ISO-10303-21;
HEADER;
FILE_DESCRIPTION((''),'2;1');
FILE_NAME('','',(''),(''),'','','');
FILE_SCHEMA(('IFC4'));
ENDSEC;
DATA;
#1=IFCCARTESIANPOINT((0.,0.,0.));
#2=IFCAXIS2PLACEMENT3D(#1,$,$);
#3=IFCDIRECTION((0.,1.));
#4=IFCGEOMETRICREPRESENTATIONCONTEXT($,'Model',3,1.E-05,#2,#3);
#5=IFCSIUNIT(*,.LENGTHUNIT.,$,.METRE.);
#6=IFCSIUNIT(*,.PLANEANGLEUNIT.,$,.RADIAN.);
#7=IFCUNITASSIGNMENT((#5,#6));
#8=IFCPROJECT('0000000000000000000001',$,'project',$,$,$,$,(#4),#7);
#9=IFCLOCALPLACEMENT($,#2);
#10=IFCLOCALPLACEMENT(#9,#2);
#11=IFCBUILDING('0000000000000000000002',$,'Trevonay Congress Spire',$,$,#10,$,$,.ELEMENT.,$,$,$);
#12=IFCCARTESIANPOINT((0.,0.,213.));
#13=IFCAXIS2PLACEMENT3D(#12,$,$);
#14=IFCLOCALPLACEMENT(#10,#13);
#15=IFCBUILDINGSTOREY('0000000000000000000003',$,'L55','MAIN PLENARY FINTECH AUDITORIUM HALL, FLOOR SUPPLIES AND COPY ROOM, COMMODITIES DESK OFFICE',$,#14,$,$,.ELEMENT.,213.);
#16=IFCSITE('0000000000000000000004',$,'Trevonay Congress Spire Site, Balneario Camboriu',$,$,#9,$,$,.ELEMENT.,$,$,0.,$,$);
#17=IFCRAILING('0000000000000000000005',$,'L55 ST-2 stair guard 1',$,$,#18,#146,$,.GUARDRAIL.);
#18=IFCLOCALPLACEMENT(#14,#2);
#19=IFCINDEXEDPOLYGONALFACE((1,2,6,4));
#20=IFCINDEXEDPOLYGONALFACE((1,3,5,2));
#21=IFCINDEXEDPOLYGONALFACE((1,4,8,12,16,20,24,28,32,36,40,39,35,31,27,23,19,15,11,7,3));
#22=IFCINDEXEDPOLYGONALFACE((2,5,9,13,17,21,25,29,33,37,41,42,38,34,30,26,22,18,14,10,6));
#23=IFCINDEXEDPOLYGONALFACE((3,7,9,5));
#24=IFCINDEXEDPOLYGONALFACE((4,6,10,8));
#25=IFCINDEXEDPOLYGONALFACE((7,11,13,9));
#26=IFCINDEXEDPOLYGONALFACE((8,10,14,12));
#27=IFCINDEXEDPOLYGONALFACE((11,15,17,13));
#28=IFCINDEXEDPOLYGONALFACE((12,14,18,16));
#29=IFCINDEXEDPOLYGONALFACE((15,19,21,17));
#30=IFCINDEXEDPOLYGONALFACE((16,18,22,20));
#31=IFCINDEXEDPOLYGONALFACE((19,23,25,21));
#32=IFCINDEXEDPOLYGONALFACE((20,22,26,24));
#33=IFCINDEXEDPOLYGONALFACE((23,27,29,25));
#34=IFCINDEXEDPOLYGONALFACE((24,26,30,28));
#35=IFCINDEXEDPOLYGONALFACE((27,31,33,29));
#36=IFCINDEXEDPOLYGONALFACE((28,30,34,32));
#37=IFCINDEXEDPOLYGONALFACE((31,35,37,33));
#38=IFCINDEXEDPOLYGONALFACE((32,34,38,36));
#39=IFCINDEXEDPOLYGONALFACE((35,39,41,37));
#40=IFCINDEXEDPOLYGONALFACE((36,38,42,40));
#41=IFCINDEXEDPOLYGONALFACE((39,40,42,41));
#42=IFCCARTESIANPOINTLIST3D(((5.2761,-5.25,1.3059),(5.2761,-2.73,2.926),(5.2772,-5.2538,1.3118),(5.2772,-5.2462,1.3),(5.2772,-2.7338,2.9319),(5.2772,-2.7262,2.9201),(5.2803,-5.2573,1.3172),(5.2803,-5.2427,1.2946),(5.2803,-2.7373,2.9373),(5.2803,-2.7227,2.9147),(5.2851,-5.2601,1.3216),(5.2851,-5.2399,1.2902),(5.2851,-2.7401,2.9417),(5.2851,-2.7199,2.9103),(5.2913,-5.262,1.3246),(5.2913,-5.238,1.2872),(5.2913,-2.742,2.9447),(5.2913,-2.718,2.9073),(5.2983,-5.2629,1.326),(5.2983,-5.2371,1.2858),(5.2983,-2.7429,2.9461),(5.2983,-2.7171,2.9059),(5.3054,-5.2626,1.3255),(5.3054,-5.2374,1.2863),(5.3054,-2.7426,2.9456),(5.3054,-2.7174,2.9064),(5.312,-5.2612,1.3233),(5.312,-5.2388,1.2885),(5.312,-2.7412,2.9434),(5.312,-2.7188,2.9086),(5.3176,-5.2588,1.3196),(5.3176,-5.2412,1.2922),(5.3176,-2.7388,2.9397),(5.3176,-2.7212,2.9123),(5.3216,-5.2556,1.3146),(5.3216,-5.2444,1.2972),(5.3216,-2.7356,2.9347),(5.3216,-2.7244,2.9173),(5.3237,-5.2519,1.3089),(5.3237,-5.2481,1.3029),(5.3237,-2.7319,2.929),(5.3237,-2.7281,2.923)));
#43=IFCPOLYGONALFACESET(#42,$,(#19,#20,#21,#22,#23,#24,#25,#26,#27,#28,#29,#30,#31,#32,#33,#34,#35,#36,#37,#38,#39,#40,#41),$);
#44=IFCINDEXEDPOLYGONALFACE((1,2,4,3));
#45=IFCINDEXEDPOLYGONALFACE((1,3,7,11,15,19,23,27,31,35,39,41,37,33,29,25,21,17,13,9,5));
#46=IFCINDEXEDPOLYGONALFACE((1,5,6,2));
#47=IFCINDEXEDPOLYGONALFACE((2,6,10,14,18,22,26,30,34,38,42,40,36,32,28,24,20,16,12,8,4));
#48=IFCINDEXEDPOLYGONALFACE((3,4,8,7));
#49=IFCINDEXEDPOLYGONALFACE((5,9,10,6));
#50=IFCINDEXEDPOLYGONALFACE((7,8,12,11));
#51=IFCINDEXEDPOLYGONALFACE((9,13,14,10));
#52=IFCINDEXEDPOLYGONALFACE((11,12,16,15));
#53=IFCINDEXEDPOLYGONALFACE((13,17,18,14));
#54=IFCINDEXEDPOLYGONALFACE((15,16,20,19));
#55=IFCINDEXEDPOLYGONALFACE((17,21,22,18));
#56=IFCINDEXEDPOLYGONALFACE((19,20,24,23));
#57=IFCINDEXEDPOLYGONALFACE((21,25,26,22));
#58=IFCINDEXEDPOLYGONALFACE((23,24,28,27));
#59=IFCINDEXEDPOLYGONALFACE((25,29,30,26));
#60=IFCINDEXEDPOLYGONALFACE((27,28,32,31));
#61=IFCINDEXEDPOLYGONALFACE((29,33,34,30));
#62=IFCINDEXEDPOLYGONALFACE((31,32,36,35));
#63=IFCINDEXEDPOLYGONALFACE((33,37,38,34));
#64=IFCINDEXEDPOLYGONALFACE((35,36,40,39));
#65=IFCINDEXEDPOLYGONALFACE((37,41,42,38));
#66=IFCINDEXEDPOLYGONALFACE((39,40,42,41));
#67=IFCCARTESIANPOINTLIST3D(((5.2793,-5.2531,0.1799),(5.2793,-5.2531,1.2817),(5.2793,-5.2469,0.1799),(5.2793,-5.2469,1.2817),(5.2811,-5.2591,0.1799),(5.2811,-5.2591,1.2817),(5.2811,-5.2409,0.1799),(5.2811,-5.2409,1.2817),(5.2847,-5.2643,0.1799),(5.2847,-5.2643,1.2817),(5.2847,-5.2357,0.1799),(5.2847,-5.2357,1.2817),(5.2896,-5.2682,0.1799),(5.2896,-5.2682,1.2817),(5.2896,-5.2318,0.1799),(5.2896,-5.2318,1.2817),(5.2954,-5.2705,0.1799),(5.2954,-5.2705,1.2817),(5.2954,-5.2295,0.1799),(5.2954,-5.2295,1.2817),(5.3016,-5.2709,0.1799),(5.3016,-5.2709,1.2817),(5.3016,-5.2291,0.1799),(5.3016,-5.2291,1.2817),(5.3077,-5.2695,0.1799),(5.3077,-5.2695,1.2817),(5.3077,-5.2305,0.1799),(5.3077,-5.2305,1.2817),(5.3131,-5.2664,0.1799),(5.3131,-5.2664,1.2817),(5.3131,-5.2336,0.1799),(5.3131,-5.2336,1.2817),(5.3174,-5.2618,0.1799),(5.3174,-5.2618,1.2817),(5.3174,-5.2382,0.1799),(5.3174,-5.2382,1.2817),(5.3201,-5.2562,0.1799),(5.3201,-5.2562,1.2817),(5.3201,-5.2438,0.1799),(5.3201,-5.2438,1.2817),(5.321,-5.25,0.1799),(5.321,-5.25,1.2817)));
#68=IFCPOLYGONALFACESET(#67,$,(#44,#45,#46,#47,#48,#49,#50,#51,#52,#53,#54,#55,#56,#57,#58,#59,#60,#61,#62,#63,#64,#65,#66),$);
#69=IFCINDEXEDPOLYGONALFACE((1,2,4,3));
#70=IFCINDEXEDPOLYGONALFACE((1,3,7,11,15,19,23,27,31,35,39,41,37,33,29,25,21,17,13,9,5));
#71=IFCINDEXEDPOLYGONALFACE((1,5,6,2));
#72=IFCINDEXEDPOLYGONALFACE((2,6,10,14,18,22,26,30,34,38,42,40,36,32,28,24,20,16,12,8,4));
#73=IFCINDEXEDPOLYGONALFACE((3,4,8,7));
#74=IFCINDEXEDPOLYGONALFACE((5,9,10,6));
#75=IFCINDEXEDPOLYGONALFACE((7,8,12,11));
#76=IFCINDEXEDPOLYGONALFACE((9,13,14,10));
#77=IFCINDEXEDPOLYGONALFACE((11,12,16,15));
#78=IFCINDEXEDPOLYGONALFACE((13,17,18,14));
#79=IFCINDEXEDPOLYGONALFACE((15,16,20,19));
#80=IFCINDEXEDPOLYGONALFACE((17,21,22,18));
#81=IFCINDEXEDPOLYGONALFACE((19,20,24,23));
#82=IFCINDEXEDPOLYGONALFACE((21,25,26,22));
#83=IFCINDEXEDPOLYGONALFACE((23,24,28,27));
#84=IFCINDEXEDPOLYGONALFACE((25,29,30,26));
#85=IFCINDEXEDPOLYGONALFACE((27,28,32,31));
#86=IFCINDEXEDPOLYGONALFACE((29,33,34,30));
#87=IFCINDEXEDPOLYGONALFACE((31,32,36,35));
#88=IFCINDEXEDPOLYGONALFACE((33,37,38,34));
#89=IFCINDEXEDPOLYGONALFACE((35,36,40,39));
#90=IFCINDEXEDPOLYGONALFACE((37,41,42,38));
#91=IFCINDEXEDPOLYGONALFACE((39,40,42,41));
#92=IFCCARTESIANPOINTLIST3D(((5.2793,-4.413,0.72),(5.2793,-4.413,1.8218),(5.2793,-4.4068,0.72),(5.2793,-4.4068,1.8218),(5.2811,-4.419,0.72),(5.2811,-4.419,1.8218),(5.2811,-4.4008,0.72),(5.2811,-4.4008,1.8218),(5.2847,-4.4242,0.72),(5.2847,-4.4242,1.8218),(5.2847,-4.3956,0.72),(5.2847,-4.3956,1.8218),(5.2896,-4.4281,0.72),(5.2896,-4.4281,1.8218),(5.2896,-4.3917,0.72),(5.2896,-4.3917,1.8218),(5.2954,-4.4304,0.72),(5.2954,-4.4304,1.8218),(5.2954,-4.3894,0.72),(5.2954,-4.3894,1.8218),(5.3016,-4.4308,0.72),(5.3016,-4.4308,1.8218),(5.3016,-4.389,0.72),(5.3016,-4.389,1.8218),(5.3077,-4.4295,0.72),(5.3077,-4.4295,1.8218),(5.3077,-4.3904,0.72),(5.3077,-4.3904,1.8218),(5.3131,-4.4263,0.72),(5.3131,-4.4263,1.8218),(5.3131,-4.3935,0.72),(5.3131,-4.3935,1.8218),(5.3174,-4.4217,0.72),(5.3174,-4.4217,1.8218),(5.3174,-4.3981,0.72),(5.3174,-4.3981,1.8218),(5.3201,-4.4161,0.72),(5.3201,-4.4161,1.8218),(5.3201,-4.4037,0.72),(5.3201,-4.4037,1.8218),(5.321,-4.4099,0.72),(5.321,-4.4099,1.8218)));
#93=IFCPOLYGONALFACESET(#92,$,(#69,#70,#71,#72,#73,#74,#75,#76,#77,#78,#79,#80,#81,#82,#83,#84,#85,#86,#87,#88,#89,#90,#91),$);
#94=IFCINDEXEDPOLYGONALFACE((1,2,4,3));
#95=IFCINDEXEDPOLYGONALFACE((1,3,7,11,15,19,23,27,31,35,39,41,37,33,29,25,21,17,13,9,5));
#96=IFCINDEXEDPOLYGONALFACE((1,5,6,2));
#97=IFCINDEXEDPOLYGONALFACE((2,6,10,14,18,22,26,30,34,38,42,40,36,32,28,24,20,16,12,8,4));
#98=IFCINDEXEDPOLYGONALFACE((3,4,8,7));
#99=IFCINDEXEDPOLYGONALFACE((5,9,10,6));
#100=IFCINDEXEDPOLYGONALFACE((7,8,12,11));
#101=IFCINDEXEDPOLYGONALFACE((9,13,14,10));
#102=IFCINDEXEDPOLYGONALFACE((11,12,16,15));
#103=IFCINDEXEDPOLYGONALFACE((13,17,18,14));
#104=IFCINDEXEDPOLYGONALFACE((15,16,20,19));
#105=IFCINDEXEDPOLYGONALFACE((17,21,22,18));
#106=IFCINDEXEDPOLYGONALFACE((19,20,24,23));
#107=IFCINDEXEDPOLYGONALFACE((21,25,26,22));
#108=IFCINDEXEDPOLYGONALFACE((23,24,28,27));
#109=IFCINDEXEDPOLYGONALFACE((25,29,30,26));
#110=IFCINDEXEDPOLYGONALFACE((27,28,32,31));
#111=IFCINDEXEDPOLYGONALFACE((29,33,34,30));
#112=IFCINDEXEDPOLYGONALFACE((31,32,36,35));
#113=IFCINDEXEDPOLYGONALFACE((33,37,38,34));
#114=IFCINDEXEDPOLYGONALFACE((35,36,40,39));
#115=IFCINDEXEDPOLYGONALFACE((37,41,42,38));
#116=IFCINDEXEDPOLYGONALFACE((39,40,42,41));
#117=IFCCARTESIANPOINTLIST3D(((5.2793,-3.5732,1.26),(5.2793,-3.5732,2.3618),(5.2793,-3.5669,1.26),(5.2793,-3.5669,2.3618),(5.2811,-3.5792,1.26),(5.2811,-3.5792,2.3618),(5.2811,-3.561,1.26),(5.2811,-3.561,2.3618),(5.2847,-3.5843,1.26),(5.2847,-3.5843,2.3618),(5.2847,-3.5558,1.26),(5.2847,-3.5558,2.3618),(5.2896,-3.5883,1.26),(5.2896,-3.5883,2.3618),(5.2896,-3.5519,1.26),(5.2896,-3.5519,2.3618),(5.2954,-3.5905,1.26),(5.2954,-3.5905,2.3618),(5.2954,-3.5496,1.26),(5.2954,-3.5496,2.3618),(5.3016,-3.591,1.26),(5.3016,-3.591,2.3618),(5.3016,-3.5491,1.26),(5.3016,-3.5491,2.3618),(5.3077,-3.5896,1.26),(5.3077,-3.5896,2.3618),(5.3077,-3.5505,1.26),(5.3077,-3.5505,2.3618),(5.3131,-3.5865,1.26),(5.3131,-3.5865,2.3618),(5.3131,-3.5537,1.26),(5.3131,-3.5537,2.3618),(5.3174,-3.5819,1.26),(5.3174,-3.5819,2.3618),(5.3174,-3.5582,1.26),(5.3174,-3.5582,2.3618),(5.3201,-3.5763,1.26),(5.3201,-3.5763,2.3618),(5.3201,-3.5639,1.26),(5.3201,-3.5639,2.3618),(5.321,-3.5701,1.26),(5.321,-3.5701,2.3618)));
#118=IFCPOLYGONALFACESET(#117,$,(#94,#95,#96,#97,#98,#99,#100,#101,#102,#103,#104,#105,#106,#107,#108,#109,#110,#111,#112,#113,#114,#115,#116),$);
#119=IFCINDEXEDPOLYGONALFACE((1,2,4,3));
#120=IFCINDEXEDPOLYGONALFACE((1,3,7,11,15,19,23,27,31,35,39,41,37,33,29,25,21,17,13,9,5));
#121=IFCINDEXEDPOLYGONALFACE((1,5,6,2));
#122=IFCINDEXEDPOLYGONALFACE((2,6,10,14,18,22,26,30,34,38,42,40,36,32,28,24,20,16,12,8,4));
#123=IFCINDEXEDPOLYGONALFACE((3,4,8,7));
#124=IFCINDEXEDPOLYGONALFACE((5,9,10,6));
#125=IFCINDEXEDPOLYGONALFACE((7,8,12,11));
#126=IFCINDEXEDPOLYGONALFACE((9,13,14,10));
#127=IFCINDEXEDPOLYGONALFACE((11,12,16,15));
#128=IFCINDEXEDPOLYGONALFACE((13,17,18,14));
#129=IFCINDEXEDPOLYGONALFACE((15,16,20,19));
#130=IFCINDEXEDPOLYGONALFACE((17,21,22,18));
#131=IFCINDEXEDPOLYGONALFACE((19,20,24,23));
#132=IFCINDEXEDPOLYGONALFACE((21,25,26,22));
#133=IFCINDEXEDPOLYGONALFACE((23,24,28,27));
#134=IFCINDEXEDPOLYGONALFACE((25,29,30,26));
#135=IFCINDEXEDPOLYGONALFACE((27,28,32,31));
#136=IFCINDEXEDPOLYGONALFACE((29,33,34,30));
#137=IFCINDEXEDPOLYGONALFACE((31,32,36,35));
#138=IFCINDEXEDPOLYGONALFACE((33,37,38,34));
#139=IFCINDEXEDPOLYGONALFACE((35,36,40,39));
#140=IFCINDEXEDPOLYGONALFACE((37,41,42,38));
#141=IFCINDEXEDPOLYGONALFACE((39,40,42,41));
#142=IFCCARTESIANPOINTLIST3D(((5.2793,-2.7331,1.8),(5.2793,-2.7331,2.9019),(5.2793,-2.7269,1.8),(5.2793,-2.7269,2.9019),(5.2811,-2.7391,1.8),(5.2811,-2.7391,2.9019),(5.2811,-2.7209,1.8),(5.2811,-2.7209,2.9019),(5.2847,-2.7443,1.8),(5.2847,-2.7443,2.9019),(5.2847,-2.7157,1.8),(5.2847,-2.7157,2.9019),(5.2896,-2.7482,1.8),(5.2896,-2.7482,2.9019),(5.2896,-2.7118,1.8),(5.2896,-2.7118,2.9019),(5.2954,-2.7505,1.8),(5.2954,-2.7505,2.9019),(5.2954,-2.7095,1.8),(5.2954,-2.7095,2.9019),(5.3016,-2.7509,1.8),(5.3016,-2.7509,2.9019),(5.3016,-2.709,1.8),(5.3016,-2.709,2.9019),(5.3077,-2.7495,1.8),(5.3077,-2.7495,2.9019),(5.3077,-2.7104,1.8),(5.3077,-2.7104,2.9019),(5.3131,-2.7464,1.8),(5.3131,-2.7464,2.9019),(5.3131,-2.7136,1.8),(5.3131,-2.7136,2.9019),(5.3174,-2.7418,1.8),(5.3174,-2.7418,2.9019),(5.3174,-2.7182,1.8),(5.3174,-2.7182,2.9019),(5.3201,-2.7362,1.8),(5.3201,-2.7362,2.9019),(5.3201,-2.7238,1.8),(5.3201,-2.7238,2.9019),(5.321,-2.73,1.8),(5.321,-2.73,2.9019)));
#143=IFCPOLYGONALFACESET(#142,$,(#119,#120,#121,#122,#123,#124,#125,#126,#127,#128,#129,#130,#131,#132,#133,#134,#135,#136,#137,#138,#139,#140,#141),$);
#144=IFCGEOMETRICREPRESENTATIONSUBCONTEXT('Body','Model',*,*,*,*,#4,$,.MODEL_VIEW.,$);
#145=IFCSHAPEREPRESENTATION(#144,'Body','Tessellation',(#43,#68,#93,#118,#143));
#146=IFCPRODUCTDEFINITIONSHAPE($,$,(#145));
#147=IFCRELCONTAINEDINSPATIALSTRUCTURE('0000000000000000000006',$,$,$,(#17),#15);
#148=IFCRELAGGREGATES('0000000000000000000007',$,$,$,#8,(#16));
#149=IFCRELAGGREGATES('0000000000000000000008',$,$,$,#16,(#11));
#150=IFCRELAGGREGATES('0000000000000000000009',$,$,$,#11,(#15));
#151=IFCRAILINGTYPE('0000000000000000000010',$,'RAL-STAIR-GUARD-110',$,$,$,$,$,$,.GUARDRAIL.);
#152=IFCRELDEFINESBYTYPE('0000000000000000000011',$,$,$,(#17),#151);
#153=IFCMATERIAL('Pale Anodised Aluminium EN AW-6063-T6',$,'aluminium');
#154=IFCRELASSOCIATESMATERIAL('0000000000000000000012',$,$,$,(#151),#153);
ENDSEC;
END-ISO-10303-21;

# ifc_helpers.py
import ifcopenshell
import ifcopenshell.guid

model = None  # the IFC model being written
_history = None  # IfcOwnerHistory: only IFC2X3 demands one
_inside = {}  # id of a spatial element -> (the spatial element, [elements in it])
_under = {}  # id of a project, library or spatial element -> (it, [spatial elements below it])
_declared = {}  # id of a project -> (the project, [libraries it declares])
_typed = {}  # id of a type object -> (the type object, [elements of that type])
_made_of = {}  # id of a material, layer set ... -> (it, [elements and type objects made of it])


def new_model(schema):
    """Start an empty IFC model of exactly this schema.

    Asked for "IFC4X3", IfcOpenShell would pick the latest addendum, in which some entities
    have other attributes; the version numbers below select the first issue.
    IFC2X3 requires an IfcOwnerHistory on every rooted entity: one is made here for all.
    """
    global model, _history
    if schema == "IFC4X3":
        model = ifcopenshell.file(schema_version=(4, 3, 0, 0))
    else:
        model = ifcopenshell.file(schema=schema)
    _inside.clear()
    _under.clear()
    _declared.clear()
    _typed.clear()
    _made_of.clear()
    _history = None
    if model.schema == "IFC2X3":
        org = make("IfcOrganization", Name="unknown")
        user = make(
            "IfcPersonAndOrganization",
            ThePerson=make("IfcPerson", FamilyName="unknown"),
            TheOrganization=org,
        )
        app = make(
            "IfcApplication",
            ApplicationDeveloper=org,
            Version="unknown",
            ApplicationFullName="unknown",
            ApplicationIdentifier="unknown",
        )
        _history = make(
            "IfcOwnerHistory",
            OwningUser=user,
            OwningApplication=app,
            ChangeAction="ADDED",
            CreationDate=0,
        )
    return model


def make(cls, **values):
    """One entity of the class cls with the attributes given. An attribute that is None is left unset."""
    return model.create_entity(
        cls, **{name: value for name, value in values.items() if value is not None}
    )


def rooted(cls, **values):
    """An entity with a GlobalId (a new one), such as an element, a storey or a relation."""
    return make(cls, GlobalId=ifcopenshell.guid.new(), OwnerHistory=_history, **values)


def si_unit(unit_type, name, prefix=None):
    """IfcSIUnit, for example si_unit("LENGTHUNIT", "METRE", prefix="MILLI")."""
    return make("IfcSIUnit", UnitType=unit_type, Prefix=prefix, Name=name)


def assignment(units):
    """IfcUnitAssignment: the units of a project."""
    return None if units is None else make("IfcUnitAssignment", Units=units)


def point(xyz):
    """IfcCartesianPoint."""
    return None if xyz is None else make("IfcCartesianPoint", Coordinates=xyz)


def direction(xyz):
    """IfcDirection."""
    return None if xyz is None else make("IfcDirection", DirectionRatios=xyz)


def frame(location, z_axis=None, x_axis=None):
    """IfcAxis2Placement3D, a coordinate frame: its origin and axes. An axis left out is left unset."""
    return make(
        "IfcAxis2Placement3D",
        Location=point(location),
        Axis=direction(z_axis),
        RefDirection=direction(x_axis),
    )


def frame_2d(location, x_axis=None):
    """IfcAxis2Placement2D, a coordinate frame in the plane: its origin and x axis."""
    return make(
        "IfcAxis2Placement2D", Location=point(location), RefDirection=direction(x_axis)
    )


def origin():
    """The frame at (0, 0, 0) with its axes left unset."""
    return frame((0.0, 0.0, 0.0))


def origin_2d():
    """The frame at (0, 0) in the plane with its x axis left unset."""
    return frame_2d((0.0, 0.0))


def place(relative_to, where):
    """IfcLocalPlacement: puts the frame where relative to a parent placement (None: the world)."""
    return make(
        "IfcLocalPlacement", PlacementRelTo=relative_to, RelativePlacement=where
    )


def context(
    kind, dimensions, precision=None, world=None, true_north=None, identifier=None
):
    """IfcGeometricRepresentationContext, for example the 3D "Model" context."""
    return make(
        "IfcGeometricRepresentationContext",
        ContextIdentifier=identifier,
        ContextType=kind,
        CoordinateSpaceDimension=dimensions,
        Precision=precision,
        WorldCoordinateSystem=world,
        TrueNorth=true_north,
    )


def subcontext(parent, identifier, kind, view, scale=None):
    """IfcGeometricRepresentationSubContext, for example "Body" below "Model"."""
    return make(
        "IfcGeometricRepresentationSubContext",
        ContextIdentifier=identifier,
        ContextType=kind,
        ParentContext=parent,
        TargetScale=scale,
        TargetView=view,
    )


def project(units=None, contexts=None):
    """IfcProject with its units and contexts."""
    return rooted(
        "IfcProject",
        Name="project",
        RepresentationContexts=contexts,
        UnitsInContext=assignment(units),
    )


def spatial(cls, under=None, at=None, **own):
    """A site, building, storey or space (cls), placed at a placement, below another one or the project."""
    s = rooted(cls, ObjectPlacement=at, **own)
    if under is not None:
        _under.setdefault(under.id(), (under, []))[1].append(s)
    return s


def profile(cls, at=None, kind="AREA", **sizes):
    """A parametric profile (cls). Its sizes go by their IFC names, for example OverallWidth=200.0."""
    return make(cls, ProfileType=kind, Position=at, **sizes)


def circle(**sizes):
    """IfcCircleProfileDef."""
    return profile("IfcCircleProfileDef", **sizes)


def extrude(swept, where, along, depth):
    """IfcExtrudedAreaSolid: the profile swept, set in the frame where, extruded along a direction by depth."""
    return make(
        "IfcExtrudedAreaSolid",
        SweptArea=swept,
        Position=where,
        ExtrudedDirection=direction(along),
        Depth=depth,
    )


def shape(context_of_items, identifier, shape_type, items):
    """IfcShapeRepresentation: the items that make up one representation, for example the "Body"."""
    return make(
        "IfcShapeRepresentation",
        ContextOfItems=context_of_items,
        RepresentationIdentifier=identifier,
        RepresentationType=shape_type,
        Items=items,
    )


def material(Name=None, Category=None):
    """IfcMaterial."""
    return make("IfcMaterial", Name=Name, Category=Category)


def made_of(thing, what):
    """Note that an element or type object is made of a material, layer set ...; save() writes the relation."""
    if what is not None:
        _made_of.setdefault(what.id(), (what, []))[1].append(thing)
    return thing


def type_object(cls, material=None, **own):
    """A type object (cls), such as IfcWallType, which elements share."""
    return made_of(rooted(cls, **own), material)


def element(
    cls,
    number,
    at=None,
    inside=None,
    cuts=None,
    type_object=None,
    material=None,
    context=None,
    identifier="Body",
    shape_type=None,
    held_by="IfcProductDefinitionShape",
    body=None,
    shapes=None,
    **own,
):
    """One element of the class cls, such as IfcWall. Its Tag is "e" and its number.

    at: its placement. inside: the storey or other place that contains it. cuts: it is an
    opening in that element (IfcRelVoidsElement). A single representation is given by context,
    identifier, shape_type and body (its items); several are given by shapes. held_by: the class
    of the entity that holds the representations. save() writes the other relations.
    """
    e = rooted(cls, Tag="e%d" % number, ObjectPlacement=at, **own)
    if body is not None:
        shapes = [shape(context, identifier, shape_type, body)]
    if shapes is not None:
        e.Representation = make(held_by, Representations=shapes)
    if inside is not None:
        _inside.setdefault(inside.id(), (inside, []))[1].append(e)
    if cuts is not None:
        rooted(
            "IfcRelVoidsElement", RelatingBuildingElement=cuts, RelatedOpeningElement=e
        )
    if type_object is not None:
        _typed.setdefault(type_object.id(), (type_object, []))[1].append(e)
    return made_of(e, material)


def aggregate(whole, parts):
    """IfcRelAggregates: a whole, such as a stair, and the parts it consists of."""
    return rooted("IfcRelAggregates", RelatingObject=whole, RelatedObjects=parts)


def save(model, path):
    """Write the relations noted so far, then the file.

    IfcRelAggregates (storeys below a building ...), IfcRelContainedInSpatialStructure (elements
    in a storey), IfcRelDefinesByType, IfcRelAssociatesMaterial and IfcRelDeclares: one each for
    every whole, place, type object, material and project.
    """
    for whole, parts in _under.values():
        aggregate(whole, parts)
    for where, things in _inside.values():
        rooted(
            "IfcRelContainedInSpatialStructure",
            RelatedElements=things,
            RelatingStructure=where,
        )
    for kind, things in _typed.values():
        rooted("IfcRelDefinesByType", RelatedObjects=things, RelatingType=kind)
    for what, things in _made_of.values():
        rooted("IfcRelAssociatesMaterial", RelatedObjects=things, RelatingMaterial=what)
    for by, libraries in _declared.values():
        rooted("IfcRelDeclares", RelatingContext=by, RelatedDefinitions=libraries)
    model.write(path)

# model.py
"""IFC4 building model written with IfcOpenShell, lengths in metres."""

from ifc_helpers import new_model, si_unit, direction, frame, origin, origin_2d, place, context, subcontext, project, spatial, circle, extrude, material, type_object, element, save


model = new_model("IFC4")

# Units and contexts
model_context = context("Model", 3, precision=1e-05, world=origin(), true_north=direction((0.0, 1.0)))
body_context = subcontext(model_context, "Body", "Model", "MODEL_VIEW")
ifc_project = project(units=[si_unit("LENGTHUNIT", "METRE"), si_unit("PLANEANGLEUNIT", "RADIAN")], contexts=[model_context])

# Site, building, storey
site_placement = place(None, origin())
site = spatial("IfcSite", under=ifc_project, at=site_placement, Name="Trevonay Congress Spire Site, Balneario Camboriu", CompositionType="ELEMENT", RefElevation=0.0)
building_placement = place(site_placement, origin())
building = spatial("IfcBuilding", under=site, at=building_placement, Name="Trevonay Congress Spire", CompositionType="ELEMENT")
storey_placement = place(building_placement, frame((0.0, 0.0, 213.0)))
storey = spatial("IfcBuildingStorey", under=building, at=storey_placement, Name="L55", Description="MAIN PLENARY FINTECH AUDITORIUM HALL, FLOOR SUPPLIES AND COPY ROOM, COMMODITIES DESK OFFICE", CompositionType="ELEMENT", Elevation=213.0)

# Railing
ifc_material_1 = material(Name="Pale Anodised Aluminium EN AW-6063-T6", Category="aluminium")
railing_type_1 = type_object("IfcRailingType", Name="RAL-STAIR-GUARD-110", PredefinedType="GUARDRAIL", material=ifc_material_1)
railing_1_placement = place(storey_placement, frame((5.3, -5.25, 0.1799)))
element("IfcRailing", 1, at=railing_1_placement, inside=storey, type_object=railing_type_1, Name="L55 ST-2 stair guard 1", PredefinedType="GUARDRAIL", context=body_context, shape_type="SweptSolid", body=[
    extrude(circle(Radius=0.0239, at=origin_2d()), frame((0.0, 0.0, 1.126), z_axis=(0.0, 0.841163, 0.540782), x_axis=(-1.0, 0.0, 0.0)), (0.0, 0.0, 1.0), 2.9958),
    extrude(circle(Radius=0.021, at=origin_2d()), origin(), (0.0, 0.0, 1.0), 1.1018),
    extrude(circle(Radius=0.021, at=origin_2d()), frame((0.0, 0.8401, 0.54)), (0.0, 0.0, 1.0), 1.1018),
    extrude(circle(Radius=0.021, at=origin_2d()), frame((0.0, 1.6799, 1.0801)), (0.0, 0.0, 1.0), 1.1018),
    extrude(circle(Radius=0.021, at=origin_2d()), frame((0.0, 2.52, 1.6201)), (0.0, 0.0, 1.0), 1.1018),
])

save(model, "model.ifc")
